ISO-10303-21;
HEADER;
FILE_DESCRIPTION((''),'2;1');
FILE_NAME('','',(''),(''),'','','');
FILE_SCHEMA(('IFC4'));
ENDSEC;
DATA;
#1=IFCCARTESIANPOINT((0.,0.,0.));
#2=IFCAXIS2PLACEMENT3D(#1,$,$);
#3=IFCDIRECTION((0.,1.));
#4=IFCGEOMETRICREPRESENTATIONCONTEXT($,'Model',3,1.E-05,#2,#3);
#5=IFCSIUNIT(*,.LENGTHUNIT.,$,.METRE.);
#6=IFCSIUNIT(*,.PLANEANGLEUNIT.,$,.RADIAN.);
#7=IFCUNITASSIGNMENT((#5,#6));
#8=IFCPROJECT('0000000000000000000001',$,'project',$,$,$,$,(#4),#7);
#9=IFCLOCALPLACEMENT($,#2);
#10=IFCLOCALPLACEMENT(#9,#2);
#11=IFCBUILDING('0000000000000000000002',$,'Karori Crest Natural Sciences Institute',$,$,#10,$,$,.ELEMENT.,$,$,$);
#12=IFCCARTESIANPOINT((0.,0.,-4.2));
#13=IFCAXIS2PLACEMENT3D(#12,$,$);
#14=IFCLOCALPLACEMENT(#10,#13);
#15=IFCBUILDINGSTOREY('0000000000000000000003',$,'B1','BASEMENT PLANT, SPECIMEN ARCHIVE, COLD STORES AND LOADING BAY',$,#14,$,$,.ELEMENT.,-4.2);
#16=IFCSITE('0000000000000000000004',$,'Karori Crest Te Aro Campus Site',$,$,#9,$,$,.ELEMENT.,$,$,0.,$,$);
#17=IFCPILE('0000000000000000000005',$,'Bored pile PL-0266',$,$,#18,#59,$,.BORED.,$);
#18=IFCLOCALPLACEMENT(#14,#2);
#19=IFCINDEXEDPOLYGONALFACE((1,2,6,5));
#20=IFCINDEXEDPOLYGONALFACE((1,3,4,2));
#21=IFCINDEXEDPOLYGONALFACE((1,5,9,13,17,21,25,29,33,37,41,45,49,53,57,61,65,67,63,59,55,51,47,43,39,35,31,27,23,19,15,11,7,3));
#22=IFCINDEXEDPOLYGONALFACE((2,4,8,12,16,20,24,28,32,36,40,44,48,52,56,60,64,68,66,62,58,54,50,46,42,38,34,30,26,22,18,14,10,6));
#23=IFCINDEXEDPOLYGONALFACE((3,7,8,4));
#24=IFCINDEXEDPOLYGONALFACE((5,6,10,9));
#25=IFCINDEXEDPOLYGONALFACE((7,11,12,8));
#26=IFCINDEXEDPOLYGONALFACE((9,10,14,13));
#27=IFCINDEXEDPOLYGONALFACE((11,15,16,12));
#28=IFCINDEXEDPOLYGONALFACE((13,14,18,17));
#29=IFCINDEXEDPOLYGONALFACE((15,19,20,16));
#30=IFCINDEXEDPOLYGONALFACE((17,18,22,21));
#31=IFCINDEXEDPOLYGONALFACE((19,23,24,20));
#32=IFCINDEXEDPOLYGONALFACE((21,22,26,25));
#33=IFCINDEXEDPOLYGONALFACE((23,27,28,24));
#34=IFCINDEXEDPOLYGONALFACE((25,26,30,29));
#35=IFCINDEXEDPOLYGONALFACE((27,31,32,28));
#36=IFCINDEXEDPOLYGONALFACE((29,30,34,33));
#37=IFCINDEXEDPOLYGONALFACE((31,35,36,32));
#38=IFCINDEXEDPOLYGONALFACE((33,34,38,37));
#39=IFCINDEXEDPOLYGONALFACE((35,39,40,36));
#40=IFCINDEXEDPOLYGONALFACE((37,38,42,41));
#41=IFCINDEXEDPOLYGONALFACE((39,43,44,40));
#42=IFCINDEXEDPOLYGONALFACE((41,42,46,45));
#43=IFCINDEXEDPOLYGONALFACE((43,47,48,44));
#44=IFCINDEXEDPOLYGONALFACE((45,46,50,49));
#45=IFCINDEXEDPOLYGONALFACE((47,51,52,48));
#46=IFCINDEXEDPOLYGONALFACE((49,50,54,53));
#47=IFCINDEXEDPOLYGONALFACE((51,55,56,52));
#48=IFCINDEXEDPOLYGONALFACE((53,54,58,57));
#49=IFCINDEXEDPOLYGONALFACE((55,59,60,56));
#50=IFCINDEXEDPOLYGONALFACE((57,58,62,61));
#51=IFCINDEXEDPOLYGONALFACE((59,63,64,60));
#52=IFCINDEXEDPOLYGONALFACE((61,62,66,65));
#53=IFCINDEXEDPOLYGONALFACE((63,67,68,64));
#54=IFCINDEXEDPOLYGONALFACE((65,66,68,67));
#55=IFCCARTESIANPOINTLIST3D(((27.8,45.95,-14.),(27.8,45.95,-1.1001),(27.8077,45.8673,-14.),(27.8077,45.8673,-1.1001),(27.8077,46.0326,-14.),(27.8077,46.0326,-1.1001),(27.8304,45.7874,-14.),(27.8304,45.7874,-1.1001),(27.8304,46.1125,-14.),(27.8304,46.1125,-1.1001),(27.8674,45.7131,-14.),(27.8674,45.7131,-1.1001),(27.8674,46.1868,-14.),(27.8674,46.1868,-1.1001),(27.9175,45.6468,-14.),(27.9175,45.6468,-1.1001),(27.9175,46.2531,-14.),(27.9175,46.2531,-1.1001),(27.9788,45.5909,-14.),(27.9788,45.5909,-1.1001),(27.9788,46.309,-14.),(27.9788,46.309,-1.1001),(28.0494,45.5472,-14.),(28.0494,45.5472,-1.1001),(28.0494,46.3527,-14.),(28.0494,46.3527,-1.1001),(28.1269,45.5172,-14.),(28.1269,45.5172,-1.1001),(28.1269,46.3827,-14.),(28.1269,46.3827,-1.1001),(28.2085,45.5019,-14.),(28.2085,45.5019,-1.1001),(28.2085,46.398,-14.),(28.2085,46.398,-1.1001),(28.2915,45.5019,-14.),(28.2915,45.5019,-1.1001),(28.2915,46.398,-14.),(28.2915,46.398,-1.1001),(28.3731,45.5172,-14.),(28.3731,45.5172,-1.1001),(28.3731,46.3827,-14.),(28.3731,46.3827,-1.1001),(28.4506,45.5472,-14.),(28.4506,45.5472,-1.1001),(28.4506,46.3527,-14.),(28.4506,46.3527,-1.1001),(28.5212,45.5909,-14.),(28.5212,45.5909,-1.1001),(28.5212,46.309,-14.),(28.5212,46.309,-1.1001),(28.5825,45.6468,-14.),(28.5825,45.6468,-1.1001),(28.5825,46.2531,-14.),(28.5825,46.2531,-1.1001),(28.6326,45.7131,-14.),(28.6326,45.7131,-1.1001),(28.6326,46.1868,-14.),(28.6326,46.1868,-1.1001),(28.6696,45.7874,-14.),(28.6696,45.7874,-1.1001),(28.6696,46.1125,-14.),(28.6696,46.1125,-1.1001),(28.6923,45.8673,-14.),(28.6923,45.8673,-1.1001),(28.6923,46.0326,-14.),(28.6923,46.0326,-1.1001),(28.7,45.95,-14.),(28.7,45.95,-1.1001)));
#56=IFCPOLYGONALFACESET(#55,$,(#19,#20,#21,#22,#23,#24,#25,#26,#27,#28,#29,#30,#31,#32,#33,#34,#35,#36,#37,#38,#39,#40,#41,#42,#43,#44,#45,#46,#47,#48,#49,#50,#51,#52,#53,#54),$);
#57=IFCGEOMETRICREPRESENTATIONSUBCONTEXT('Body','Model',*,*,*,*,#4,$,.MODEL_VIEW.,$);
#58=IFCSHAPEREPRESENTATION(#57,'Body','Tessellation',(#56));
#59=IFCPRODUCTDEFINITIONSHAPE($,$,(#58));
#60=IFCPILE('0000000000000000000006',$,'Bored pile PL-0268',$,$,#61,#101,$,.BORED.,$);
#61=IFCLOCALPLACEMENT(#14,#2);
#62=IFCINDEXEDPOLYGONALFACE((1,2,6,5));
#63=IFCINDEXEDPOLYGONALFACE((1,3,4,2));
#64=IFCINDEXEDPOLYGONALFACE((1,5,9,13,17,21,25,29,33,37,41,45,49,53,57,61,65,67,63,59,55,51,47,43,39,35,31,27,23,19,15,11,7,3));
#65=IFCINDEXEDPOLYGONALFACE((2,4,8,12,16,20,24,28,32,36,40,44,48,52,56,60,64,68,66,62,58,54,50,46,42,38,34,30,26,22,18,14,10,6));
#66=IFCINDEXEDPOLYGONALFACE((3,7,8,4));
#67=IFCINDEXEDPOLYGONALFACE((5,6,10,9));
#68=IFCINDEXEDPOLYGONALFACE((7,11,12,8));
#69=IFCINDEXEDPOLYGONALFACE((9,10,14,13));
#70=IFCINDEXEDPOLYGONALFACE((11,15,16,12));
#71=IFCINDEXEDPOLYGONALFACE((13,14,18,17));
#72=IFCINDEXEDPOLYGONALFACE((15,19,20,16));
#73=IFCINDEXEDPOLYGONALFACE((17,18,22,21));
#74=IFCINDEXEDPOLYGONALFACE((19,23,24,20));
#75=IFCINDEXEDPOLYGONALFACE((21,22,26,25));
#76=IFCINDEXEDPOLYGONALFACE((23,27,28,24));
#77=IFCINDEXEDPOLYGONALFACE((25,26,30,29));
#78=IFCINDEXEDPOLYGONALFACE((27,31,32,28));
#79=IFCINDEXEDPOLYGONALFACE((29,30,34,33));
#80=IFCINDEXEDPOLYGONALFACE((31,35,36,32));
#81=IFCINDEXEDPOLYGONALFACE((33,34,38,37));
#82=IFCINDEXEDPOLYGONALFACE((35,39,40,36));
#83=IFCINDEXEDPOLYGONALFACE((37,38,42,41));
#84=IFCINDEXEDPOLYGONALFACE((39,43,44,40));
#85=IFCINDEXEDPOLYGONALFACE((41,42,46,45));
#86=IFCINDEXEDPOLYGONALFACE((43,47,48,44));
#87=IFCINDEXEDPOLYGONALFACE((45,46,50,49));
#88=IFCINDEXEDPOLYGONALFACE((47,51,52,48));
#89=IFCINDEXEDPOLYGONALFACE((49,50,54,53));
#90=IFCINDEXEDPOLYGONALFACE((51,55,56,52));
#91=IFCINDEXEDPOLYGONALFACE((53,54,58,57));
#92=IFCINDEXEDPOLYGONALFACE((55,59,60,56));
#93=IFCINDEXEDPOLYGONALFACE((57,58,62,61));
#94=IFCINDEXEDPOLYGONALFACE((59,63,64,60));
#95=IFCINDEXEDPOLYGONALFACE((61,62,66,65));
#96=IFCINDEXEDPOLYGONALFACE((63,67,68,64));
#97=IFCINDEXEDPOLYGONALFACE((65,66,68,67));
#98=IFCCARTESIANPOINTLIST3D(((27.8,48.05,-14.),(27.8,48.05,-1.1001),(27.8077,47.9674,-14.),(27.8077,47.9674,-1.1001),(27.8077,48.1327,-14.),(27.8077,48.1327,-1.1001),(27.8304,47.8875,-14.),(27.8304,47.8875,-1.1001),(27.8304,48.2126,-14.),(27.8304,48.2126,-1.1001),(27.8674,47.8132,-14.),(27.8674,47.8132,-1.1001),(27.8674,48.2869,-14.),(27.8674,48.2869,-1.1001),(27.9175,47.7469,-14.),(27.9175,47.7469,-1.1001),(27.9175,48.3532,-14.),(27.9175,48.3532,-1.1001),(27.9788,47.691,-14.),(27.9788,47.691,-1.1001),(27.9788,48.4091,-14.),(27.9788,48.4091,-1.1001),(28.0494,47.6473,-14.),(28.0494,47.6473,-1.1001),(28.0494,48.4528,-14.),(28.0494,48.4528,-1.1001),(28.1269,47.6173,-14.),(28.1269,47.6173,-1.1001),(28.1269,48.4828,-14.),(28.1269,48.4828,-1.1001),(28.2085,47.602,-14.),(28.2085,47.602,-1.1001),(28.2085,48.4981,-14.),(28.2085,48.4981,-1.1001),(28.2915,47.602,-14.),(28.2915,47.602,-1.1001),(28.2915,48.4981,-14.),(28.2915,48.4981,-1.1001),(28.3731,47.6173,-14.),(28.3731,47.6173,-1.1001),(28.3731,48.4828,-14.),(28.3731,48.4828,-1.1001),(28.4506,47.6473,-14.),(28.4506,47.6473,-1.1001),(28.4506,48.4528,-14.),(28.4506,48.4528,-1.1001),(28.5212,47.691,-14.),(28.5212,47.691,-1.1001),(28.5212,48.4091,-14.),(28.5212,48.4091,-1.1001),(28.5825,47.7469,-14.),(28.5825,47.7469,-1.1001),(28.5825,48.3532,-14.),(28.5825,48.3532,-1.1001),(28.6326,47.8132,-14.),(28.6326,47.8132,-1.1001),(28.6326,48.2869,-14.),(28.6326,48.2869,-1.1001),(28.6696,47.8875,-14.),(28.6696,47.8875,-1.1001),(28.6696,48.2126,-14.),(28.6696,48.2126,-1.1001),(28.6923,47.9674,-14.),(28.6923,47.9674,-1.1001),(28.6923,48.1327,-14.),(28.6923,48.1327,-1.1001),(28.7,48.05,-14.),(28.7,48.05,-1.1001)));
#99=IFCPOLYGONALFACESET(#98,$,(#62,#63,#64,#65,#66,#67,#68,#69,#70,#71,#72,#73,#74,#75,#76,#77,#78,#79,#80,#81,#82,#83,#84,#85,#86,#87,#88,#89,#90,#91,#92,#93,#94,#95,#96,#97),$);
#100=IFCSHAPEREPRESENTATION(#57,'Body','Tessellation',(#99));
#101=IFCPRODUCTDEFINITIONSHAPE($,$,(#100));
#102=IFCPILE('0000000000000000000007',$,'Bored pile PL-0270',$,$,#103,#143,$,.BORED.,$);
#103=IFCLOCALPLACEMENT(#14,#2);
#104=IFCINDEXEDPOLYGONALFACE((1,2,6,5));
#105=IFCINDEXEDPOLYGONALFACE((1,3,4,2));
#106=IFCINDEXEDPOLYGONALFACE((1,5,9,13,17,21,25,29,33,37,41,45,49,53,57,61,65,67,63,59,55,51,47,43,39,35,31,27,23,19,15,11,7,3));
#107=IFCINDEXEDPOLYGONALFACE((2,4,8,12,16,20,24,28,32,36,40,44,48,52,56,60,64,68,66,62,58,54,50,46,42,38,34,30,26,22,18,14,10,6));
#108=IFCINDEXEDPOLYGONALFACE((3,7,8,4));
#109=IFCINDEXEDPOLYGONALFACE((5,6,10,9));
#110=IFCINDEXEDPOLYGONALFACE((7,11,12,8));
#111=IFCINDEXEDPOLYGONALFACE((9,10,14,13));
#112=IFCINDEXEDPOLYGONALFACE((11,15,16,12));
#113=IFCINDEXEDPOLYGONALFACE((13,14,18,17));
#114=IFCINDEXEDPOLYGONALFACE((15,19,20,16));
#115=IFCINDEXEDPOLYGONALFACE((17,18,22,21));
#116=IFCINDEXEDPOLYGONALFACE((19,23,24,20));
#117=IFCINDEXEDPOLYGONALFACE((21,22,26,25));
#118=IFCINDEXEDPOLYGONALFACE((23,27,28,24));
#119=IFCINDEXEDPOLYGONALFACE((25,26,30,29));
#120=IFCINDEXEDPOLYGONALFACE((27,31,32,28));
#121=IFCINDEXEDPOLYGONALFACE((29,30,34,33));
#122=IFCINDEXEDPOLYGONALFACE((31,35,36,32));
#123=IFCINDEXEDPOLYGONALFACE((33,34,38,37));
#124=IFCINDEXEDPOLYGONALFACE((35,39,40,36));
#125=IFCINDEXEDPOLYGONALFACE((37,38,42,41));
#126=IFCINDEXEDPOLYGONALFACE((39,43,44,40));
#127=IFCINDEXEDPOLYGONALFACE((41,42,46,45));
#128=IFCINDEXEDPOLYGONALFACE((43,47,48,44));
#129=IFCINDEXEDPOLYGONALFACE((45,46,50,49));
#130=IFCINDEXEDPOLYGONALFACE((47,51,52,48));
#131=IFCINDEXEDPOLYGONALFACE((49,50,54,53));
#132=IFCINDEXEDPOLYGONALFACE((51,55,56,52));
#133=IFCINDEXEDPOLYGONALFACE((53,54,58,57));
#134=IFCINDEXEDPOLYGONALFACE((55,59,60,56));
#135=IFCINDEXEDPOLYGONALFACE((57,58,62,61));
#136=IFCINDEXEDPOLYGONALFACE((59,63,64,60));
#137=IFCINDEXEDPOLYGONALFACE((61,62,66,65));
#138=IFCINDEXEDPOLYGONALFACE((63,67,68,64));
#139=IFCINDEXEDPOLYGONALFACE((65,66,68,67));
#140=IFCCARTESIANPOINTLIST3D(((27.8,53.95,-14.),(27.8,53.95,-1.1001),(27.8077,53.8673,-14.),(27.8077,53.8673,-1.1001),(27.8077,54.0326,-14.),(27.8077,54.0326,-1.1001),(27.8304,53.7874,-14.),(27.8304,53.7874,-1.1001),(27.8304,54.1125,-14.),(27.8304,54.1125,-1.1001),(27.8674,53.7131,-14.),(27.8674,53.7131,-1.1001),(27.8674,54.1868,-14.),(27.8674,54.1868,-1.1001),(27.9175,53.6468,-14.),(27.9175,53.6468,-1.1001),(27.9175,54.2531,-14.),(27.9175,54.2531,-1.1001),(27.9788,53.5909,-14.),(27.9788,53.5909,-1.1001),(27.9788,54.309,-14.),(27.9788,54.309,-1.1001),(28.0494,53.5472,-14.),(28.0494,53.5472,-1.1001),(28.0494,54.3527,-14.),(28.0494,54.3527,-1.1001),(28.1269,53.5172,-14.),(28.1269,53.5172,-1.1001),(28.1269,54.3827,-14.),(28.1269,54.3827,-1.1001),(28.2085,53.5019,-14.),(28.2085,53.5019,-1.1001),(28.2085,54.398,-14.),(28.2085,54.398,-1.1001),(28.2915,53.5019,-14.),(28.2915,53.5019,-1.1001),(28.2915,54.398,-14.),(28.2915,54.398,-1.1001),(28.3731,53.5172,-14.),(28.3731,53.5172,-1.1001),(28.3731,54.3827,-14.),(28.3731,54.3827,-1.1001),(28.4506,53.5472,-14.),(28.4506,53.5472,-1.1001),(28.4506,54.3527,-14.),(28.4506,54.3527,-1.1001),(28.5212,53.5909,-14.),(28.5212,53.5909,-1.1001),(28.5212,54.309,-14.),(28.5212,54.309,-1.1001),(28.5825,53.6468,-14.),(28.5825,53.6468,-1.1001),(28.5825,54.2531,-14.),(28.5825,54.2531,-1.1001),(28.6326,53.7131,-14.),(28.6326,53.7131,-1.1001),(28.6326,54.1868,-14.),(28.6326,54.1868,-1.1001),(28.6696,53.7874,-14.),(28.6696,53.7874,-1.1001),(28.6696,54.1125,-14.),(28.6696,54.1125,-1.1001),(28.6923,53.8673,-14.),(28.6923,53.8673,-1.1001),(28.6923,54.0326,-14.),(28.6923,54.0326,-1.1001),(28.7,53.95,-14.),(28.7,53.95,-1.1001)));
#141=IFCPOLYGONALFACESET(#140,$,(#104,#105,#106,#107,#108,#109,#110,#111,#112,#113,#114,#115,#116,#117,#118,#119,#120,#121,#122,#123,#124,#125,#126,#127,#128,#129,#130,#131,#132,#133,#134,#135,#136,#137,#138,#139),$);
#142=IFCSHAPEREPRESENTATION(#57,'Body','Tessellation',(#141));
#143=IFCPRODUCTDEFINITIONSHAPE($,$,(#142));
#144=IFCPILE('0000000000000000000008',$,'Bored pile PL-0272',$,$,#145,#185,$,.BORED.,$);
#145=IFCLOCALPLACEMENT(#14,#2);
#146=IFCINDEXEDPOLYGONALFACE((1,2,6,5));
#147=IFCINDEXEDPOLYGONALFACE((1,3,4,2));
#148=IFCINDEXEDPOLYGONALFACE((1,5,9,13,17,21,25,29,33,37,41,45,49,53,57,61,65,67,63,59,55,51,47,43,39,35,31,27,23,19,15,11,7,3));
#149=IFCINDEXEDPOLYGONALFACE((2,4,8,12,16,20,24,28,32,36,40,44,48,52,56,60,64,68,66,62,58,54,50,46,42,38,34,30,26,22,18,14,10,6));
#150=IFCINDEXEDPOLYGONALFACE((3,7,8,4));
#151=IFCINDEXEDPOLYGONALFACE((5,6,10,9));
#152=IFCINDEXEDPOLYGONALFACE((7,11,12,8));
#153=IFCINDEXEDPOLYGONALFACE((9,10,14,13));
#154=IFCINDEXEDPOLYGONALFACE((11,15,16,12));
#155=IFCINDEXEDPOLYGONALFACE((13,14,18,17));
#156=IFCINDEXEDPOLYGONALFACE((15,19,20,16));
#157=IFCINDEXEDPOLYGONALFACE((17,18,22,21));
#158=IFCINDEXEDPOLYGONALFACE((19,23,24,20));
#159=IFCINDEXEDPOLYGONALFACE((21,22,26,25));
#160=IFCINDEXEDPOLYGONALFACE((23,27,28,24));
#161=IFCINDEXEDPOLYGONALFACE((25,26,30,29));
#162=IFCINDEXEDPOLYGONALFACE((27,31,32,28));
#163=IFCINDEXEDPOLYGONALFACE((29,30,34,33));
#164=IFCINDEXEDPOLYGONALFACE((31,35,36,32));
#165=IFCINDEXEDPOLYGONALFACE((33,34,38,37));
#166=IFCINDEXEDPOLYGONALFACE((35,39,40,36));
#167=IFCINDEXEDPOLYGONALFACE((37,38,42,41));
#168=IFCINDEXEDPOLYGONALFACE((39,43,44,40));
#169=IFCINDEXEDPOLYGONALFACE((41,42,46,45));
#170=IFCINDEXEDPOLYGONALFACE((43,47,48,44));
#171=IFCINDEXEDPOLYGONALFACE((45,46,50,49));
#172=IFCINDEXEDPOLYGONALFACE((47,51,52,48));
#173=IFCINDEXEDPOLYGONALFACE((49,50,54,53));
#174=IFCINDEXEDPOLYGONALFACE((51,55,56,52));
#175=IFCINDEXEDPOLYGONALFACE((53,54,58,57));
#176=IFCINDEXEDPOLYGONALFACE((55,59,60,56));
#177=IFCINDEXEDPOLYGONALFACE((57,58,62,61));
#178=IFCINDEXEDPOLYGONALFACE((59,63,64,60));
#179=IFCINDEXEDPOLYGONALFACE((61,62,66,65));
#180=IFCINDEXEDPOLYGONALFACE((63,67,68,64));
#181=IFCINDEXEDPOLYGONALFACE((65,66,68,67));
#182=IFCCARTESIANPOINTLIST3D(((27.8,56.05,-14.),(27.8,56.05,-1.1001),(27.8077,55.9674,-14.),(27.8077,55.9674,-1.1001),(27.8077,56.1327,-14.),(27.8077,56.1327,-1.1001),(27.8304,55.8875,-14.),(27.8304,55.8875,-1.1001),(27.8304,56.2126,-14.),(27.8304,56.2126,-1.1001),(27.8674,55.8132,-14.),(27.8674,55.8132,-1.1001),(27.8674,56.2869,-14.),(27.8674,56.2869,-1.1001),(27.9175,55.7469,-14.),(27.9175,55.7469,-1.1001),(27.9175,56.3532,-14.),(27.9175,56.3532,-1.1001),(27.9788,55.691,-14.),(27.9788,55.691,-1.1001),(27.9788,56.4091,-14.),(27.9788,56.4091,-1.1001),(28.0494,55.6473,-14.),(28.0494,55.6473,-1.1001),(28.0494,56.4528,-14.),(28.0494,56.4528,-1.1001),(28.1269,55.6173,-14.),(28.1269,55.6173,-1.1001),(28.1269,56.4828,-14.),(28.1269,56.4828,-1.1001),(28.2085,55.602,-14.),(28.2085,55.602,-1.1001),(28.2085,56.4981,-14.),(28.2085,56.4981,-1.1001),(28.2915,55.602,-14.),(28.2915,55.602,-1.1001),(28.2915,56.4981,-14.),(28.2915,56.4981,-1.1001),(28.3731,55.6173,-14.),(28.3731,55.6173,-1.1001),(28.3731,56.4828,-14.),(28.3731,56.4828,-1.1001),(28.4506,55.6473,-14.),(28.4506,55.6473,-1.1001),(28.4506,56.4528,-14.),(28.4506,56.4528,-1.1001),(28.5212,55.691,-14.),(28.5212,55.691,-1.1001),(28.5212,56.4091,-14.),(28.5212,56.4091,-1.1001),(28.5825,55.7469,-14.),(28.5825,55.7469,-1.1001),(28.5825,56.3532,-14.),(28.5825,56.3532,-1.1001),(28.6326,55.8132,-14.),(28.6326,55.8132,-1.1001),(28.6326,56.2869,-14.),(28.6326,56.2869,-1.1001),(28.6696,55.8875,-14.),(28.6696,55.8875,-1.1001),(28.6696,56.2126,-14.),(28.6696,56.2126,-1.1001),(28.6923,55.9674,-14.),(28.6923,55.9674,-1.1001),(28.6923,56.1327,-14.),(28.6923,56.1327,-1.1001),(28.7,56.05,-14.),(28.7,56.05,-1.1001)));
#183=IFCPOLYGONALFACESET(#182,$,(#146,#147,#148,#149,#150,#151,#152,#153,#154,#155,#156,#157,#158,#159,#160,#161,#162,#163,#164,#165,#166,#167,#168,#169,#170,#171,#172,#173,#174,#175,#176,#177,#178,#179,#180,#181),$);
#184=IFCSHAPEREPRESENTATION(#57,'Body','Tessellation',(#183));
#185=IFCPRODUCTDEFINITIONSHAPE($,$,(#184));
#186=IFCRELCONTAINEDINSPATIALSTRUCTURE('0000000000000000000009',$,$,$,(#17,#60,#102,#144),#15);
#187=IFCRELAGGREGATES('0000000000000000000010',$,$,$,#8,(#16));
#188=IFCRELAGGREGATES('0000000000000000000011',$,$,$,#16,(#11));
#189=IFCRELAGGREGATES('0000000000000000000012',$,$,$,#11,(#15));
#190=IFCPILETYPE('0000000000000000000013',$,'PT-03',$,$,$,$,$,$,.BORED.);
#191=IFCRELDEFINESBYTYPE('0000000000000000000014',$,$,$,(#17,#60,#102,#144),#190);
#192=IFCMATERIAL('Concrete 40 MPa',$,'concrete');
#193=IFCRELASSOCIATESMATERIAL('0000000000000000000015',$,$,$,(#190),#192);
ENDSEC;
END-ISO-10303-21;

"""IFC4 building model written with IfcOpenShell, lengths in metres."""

from ifc_helpers import new_model, si_unit, direction, frame, origin, origin_2d, place, context, subcontext, project, spatial, circle, extrude, material, material_profile, profile_set, type_object, element, save


model = new_model("IFC4")

# Units and contexts
model_context = context("Model", 3, precision=1e-05, world=origin(), true_north=direction((0.0, 1.0)))
body_context = subcontext(model_context, "Body", "Model", "MODEL_VIEW")
ifc_project = project(units=[si_unit("LENGTHUNIT", "METRE"), si_unit("PLANEANGLEUNIT", "RADIAN")], contexts=[model_context])

# Site, building, storey
site_placement = place(None, origin())
site = spatial("IfcSite", under=ifc_project, at=site_placement, Name="Karori Crest Te Aro Campus Site", CompositionType="ELEMENT", RefElevation=0.0)
building_placement = place(site_placement, origin())
building = spatial("IfcBuilding", under=site, at=building_placement, Name="Karori Crest Natural Sciences Institute", CompositionType="ELEMENT")
storey_placement = place(building_placement, frame((0.0, 0.0, -4.2)))
storey = spatial("IfcBuildingStorey", under=building, at=storey_placement, Name="B1", Description="BASEMENT PLANT, SPECIMEN ARCHIVE, COLD STORES AND LOADING BAY", CompositionType="ELEMENT", Elevation=-4.2)

# Shared definitions
ifc_material_1 = material(Name="Concrete 40 MPa", Category="concrete")

# Piles
ifc_material_profile_1 = material_profile(ifc_material_1, circle(Radius=0.45, at=origin_2d()), Name="PILE900")
ifc_profile_set_1 = profile_set([ifc_material_profile_1], Name="Concrete 40 MPa")
pile_type = type_object("IfcPileType", Name="PT-03", PredefinedType="BORED", material=ifc_profile_set_1)
for number, where, z_axis, x_axis, name in (
    (1, (28.25, 45.95, -1.1001), (0.0, 0.0, -1.0), (1.0, 0.0, 0.0), "Bored pile PL-0266"),
    (2, (28.25, 48.05, -1.1001), (0.0, 0.0, -1.0), (1.0, 0.0, 0.0), "Bored pile PL-0268"),
    (3, (28.25, 53.95, -1.1001), (0.0, 0.0, -1.0), (1.0, 0.0, 0.0), "Bored pile PL-0270"),
    (4, (28.25, 56.05, -1.1001), (0.0, 0.0, -1.0), (1.0, 0.0, 0.0), "Bored pile PL-0272"),
):
    element("IfcPile", number, at=place(storey_placement, frame(where, z_axis=z_axis, x_axis=x_axis)), inside=storey, type_object=pile_type, Name=name, PredefinedType="BORED", context=body_context, shape_type="SweptSolid", body=[
        extrude(circle(Radius=0.45, at=origin_2d()), origin(), (0.0, 0.0, 1.0), 12.8999),
    ])

save(model, "model.ifc")
